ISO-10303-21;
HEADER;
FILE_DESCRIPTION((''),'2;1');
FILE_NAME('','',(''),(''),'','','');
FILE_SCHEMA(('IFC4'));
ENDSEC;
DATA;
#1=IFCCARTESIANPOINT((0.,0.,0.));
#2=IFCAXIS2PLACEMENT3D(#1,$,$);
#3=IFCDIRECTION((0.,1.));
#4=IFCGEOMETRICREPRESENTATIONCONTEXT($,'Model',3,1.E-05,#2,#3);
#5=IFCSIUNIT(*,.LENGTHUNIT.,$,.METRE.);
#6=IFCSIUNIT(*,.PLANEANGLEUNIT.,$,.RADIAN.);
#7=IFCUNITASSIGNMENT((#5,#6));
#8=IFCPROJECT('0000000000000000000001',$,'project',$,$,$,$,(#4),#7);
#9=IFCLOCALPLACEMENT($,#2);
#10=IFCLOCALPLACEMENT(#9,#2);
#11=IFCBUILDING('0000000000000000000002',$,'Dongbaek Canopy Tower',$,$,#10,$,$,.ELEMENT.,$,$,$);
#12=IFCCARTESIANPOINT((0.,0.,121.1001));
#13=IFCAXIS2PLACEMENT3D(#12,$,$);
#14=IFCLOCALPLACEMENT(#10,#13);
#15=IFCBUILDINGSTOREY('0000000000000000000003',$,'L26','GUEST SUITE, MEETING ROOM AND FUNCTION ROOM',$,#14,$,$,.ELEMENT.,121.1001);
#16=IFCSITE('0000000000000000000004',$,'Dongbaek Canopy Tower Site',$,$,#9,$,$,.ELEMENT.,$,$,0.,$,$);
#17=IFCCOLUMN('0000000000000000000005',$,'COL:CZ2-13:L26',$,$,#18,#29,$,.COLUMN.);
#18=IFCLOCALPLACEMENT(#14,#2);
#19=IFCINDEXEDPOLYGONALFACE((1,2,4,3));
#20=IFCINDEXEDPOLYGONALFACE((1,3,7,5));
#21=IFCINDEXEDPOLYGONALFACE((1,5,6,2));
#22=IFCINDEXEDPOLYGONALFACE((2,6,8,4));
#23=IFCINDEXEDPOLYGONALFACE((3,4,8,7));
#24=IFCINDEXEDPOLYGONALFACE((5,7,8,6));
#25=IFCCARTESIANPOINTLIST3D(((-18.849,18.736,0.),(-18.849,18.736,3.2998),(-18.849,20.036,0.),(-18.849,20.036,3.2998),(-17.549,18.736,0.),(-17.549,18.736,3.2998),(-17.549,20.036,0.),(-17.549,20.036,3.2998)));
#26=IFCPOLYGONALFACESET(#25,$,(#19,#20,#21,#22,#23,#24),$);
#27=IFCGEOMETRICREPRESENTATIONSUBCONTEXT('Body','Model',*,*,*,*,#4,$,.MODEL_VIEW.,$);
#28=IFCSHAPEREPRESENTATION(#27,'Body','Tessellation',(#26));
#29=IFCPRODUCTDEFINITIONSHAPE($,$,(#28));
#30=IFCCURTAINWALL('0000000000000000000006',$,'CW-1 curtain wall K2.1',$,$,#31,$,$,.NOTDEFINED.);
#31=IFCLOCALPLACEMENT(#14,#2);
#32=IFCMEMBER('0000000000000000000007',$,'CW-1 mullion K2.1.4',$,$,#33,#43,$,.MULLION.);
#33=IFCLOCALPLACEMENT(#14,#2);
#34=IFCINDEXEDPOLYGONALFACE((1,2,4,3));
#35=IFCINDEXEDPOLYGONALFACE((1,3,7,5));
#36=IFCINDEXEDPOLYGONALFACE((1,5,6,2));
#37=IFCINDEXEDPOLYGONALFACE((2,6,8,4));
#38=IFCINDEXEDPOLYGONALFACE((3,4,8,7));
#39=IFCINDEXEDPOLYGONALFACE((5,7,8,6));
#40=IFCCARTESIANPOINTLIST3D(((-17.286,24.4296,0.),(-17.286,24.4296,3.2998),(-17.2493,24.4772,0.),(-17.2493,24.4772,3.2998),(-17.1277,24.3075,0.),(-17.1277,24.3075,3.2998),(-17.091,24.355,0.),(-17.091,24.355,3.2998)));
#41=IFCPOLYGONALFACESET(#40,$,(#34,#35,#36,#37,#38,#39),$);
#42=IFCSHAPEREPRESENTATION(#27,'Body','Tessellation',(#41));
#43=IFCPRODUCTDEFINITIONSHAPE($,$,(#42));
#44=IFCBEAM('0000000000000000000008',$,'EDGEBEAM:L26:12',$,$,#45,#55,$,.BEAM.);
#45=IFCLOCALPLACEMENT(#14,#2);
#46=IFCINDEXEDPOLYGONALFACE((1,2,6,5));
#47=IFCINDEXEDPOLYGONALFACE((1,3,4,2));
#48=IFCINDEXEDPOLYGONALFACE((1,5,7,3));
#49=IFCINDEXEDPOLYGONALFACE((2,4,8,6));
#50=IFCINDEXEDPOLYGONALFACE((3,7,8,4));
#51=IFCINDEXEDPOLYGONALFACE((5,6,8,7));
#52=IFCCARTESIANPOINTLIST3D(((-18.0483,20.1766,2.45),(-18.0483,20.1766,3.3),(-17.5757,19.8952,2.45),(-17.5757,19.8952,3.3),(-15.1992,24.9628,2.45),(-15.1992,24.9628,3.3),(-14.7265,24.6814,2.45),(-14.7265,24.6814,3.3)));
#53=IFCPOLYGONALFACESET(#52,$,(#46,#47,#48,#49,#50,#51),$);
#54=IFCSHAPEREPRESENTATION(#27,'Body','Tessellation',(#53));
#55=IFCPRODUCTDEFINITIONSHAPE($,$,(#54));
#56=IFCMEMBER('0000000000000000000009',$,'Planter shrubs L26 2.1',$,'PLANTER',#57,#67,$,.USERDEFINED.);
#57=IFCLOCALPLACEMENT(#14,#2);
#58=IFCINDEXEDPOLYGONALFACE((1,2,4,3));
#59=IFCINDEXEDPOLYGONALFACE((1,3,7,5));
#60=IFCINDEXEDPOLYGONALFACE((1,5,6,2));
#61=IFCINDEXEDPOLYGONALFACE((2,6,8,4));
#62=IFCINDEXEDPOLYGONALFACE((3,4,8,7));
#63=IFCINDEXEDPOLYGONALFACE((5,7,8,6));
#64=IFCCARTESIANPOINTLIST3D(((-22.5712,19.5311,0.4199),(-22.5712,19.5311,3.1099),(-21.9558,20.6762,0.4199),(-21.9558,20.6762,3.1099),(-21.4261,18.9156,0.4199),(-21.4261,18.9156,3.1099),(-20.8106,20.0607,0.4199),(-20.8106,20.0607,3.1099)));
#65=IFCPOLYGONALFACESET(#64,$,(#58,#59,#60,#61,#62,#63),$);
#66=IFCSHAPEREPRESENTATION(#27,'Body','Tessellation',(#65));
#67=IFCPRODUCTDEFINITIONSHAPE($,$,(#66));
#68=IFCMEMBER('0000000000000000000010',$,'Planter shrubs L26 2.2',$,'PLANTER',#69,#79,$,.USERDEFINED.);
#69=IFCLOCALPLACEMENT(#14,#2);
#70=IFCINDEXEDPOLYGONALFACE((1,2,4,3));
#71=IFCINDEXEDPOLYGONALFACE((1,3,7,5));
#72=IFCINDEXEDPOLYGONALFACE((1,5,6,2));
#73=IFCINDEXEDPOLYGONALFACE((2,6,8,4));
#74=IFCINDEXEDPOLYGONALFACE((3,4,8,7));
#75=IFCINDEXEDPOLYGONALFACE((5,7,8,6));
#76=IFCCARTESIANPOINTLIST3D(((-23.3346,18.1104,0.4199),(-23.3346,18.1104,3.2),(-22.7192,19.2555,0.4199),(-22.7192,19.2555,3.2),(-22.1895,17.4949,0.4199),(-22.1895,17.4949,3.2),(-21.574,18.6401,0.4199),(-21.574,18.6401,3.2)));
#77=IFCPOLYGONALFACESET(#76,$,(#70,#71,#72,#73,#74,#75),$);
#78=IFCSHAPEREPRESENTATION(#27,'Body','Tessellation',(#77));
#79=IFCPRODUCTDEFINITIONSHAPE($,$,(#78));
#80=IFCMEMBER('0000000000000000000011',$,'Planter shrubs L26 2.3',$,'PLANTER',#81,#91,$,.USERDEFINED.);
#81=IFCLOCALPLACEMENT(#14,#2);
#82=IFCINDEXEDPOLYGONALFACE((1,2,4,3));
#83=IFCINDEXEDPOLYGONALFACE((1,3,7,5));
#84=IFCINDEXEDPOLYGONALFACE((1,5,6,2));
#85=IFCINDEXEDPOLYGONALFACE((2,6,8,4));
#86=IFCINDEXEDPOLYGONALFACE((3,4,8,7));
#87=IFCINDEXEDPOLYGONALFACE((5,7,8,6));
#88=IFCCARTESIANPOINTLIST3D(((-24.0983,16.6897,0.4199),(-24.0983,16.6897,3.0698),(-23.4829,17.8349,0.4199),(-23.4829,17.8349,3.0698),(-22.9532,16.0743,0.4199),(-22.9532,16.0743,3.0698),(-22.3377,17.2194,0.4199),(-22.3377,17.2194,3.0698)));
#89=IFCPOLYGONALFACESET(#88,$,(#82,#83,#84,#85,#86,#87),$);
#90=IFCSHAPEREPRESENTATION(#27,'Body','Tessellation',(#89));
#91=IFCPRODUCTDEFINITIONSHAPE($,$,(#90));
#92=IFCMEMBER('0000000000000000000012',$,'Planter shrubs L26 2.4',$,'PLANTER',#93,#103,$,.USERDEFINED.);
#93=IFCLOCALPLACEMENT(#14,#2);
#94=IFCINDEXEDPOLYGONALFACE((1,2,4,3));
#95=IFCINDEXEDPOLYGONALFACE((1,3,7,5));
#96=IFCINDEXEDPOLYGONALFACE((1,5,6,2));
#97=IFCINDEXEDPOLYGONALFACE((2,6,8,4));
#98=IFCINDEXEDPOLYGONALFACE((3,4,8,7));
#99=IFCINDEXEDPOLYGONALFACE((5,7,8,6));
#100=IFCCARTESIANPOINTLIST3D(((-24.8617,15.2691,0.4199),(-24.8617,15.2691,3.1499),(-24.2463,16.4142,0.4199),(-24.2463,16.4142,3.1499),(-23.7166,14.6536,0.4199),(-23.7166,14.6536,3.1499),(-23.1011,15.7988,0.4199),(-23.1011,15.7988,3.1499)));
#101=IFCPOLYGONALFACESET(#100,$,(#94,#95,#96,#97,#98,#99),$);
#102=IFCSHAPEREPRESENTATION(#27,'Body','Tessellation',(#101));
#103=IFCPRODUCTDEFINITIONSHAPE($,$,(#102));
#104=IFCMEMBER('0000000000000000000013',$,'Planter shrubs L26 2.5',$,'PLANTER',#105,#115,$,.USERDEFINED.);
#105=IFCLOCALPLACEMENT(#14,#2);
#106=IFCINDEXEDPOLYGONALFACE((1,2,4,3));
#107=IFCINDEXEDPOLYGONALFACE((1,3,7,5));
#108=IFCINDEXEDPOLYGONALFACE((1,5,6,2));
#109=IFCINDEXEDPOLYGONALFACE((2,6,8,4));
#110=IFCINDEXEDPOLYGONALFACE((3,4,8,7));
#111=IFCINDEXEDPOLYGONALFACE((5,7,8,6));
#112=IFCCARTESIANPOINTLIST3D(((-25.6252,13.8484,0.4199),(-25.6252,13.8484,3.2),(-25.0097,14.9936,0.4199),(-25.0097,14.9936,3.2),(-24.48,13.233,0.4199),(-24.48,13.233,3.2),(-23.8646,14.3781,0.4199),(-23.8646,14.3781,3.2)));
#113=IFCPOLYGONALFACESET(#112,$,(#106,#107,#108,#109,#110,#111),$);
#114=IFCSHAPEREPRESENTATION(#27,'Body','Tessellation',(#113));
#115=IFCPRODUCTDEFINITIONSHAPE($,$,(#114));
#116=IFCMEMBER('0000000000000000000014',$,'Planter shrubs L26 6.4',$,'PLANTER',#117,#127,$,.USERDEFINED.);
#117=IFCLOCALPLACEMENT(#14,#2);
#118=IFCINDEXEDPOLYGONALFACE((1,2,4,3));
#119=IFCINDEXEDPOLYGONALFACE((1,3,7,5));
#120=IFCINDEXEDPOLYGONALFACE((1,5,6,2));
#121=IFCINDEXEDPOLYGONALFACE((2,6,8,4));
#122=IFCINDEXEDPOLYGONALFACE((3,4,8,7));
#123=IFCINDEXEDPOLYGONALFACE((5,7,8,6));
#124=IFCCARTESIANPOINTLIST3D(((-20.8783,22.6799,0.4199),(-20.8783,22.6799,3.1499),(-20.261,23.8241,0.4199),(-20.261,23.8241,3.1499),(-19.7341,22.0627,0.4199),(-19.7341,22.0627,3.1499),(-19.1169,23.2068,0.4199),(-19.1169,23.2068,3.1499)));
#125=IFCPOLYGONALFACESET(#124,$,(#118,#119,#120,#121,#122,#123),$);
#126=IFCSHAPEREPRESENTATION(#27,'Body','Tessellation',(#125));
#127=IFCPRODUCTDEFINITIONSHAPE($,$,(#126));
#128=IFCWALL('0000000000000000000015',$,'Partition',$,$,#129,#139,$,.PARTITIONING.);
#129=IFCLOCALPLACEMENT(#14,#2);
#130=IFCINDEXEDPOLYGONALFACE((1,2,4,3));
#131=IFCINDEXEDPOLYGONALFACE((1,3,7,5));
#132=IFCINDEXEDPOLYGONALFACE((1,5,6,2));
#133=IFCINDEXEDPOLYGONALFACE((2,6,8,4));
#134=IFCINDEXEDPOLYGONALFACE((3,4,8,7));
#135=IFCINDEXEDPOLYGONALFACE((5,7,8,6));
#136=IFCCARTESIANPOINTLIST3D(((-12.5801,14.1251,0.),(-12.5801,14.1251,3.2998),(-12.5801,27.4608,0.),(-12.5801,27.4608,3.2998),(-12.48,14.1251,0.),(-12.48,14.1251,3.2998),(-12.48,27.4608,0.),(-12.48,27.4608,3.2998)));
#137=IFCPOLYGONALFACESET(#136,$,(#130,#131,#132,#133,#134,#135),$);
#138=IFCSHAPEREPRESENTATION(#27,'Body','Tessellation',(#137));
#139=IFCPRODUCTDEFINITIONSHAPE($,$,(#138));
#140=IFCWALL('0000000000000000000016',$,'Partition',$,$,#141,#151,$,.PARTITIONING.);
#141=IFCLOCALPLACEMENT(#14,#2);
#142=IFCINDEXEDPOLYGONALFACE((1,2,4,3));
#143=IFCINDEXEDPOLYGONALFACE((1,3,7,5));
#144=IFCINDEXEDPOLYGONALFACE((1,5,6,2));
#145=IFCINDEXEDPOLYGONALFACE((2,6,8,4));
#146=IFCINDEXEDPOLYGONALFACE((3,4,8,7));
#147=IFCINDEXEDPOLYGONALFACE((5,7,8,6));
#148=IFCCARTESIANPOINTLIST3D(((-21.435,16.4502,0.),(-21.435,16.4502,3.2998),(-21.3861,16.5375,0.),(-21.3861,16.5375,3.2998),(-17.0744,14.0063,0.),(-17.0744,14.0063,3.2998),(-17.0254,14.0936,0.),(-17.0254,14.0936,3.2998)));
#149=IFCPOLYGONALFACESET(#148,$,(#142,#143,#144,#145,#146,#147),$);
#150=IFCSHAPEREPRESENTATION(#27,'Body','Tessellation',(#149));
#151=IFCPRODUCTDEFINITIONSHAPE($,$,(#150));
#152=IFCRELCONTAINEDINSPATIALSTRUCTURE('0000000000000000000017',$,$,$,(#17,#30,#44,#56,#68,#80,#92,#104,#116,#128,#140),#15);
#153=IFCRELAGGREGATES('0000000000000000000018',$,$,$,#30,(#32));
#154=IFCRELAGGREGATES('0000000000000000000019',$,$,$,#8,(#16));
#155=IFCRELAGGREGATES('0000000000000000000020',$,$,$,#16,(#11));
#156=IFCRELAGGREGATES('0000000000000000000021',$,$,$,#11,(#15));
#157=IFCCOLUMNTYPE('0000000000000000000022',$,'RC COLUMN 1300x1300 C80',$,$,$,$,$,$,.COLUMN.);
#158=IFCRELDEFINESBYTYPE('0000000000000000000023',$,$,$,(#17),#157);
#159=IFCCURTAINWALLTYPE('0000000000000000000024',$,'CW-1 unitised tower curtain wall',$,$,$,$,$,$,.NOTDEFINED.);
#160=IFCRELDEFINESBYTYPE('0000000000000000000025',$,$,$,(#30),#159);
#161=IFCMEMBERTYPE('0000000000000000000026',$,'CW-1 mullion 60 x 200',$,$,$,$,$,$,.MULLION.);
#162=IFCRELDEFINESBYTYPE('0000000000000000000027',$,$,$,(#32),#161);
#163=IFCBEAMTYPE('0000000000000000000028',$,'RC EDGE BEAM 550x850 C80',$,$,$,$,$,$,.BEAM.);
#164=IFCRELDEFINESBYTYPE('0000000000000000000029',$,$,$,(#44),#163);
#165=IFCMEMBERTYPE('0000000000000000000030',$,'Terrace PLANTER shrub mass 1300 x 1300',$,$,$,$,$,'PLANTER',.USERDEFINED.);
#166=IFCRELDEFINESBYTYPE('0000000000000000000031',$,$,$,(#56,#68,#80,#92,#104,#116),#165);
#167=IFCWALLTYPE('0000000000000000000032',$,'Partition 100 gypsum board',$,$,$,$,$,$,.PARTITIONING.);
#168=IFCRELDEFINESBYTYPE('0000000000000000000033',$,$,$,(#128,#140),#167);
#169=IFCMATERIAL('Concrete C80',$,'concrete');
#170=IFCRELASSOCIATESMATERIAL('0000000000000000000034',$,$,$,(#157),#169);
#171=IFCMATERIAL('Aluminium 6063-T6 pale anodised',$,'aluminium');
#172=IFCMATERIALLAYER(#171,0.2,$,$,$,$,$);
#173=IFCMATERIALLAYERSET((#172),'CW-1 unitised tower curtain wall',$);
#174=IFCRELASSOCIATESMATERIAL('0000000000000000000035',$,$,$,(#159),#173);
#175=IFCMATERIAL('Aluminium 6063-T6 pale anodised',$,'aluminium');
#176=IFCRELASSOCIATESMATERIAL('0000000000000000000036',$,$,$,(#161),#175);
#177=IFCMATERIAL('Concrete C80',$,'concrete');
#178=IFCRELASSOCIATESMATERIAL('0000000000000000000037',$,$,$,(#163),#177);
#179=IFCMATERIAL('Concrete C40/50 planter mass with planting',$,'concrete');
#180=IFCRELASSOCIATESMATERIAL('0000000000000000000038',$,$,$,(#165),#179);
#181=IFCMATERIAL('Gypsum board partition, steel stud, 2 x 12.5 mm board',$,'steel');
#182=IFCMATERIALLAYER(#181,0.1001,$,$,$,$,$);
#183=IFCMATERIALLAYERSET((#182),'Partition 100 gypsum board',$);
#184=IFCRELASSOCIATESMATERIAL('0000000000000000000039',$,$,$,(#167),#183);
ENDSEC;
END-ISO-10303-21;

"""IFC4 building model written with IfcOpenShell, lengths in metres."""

from ifc_helpers import new_model, si_unit, direction, frame, frame_2d, origin, origin_2d, place, context, subcontext, project, spatial, rectangle, extrude, material, layer, layer_set, material_profile, profile_set, type_object, element, aggregate, save


model = new_model("IFC4")

# Units and contexts
model_context = context("Model", 3, precision=1e-05, world=origin(), true_north=direction((0.0, 1.0)))
body_context = subcontext(model_context, "Body", "Model", "MODEL_VIEW")
ifc_project = project(units=[si_unit("LENGTHUNIT", "METRE"), si_unit("PLANEANGLEUNIT", "RADIAN")], contexts=[model_context])

# Site, building, storey
site_placement = place(None, origin())
site = spatial("IfcSite", under=ifc_project, at=site_placement, Name="Dongbaek Canopy Tower Site", CompositionType="ELEMENT", RefElevation=0.0)
building_placement = place(site_placement, origin())
building = spatial("IfcBuilding", under=site, at=building_placement, Name="Dongbaek Canopy Tower", CompositionType="ELEMENT")
storey_placement = place(building_placement, frame((0.0, 0.0, 121.1001)))
storey = spatial("IfcBuildingStorey", under=building, at=storey_placement, Name="L26", Description="GUEST SUITE, MEETING ROOM AND FUNCTION ROOM", CompositionType="ELEMENT", Elevation=121.1001)

# Column
ifc_material_1 = material(Name="Concrete C80", Category="concrete")
ifc_material_profile_1 = material_profile(ifc_material_1, rectangle(XDim=1.3, YDim=1.3, at=origin_2d()), Name="RC COLUMN 1300x1300 C80")
ifc_profile_set_1 = profile_set([ifc_material_profile_1], Name="Concrete C80")
column_type = type_object("IfcColumnType", Name="RC COLUMN 1300x1300 C80", PredefinedType="COLUMN", material=ifc_profile_set_1)
column_placement = place(storey_placement, frame((-18.199, 19.386, 0.0), z_axis=(0.0, 0.0, 1.0), x_axis=(1.0, 0.0, 0.0)))
element("IfcColumn", 1, at=column_placement, inside=storey, type_object=column_type, Name="COL:CZ2-13:L26", PredefinedType="COLUMN", context=body_context, shape_type="SweptSolid", body=[
    extrude(rectangle(XDim=1.3, YDim=1.3, at=origin_2d()), origin(), (0.0, 0.0, 1.0), 3.2998),
])

# Curtain wall, member
ifc_material_2 = material(Name="Aluminium 6063-T6 pale anodised", Category="aluminium")
ifc_layer_1 = layer(ifc_material_2, 0.2)
ifc_layer_set_1 = layer_set([ifc_layer_1], Name="CW-1 unitised tower curtain wall")
curtain_wall_type = type_object("IfcCurtainWallType", Name="CW-1 unitised tower curtain wall", PredefinedType="NOTDEFINED", material=ifc_layer_set_1)
curtain_wall_placement = place(storey_placement, origin())
curtain_wall = element("IfcCurtainWall", 2, at=curtain_wall_placement, inside=storey, type_object=curtain_wall_type, Name="CW-1 curtain wall K2.1", PredefinedType="NOTDEFINED")
ifc_material_3 = material(Name="Aluminium 6063-T6 pale anodised", Category="aluminium")
ifc_material_profile_2 = material_profile(ifc_material_3, rectangle(XDim=0.2, YDim=0.0601, at=origin_2d()), Name="CW-1 mullion 60 x 200")
ifc_profile_set_2 = profile_set([ifc_material_profile_2], Name="Aluminium 6063-T6 pale anodised")
member_type_1 = type_object("IfcMemberType", Name="CW-1 mullion 60 x 200", PredefinedType="MULLION", material=ifc_profile_set_2)
member_1_placement = place(storey_placement, frame((-17.1885, 24.3923, 0.0), z_axis=(0.0, 0.0, 1.0), x_axis=(-0.791722, 0.610882, 0.0)))
member_1 = element("IfcMember", 3, at=member_1_placement, type_object=member_type_1, Name="CW-1 mullion K2.1.4", PredefinedType="MULLION", context=body_context, shape_type="SweptSolid", body=[
    extrude(rectangle(XDim=0.2, YDim=0.0601, at=origin_2d()), origin(), (0.0, 0.0, 1.0), 3.2998),
])
aggregate(curtain_wall, [member_1])

# Beam
ifc_material_4 = material(Name="Concrete C80", Category="concrete")
ifc_material_profile_3 = material_profile(ifc_material_4, rectangle(XDim=0.55, YDim=0.8501, at=origin_2d()), Name="RC EDGE BEAM 550x850 C80")
ifc_profile_set_3 = profile_set([ifc_material_profile_3], Name="Concrete C80")
beam_type = type_object("IfcBeamType", Name="RC EDGE BEAM 550x850 C80", PredefinedType="BEAM", material=ifc_profile_set_3)
beam_placement = place(storey_placement, frame((-17.812, 20.0359, 2.875), z_axis=(0.511515, 0.859275, 0.0), x_axis=(-0.859275, 0.511515, 0.0)))
element("IfcBeam", 4, at=beam_placement, inside=storey, type_object=beam_type, Name="EDGEBEAM:L26:12", PredefinedType="BEAM", context=body_context, shape_type="SweptSolid", body=[
    extrude(rectangle(XDim=0.55, YDim=0.8501, at=origin_2d()), origin(), (0.0, 0.0, 1.0), 5.5701),
])

# Members
ifc_material_5 = material(Name="Concrete C40/50 planter mass with planting", Category="concrete")
ifc_material_profile_4 = material_profile(ifc_material_5, rectangle(XDim=1.3, YDim=1.3, at=origin_2d()), Name="Terrace PLANTER shrub mass 1300 x 1300")
ifc_profile_set_4 = profile_set([ifc_material_profile_4], Name="Concrete C40/50 planter mass with planting")
member_type_2 = type_object("IfcMemberType", Name="Terrace PLANTER shrub mass 1300 x 1300", ElementType="PLANTER", PredefinedType="USERDEFINED", material=ifc_profile_set_4)
member_2_placement = place(storey_placement, frame((-21.6909, 19.7959, 0.4199), z_axis=(0.0, 0.0, 1.0), x_axis=(-0.880843, 0.473409, 0.0)))
element("IfcMember", 5, at=member_2_placement, inside=storey, type_object=member_type_2, Name="Planter shrubs L26 2.1", ObjectType="PLANTER", PredefinedType="USERDEFINED", context=body_context, shape_type="SweptSolid", body=[
    extrude(rectangle(XDim=1.3, YDim=1.3, at=origin_2d()), origin(), (0.0, 0.0, 1.0), 2.6899),
])
member_3_placement = place(storey_placement, frame((-22.4543, 18.3752, 0.4199), z_axis=(0.0, 0.0, 1.0), x_axis=(-0.880843, 0.473409, 0.0)))
element("IfcMember", 6, at=member_3_placement, inside=storey, type_object=member_type_2, Name="Planter shrubs L26 2.2", ObjectType="PLANTER", PredefinedType="USERDEFINED", context=body_context, shape_type="SweptSolid", body=[
    extrude(rectangle(XDim=1.3, YDim=1.3, at=origin_2d()), origin(), (0.0, 0.0, 1.0), 2.78),
])
member_4_placement = place(storey_placement, frame((-23.218, 16.9546, 0.4199), z_axis=(0.0, 0.0, 1.0), x_axis=(-0.880843, 0.473409, 0.0)))
element("IfcMember", 7, at=member_4_placement, inside=storey, type_object=member_type_2, Name="Planter shrubs L26 2.3", ObjectType="PLANTER", PredefinedType="USERDEFINED", context=body_context, shape_type="SweptSolid", body=[
    extrude(rectangle(XDim=1.3, YDim=1.3, at=origin_2d()), origin(), (0.0, 0.0, 1.0), 2.6499),
])
member_5_placement = place(storey_placement, frame((-23.9814, 15.5339, 0.4199), z_axis=(0.0, 0.0, 1.0), x_axis=(-0.880843, 0.473409, 0.0)))
element("IfcMember", 8, at=member_5_placement, inside=storey, type_object=member_type_2, Name="Planter shrubs L26 2.4", ObjectType="PLANTER", PredefinedType="USERDEFINED", context=body_context, shape_type="SweptSolid", body=[
    extrude(rectangle(XDim=1.3, YDim=1.3, at=origin_2d()), origin(), (0.0, 0.0, 1.0), 2.73),
])
member_6_placement = place(storey_placement, frame((-24.7449, 14.1133, 0.4199), z_axis=(0.0, 0.0, 1.0), x_axis=(-0.880843, 0.473409, 0.0)))
element("IfcMember", 9, at=member_6_placement, inside=storey, type_object=member_type_2, Name="Planter shrubs L26 2.5", ObjectType="PLANTER", PredefinedType="USERDEFINED", context=body_context, shape_type="SweptSolid", body=[
    extrude(rectangle(XDim=1.3, YDim=1.3, at=origin_2d()), origin(), (0.0, 0.0, 1.0), 2.78),
])
member_7_placement = place(storey_placement, frame((-19.9976, 22.9434, 0.4199), z_axis=(0.0, 0.0, 1.0), x_axis=(-0.880109, 0.474771, 0.0)))
element("IfcMember", 10, at=member_7_placement, inside=storey, type_object=member_type_2, Name="Planter shrubs L26 6.4", ObjectType="PLANTER", PredefinedType="USERDEFINED", context=body_context, shape_type="SweptSolid", body=[
    extrude(rectangle(XDim=1.3, YDim=1.3, at=origin_2d()), origin(), (0.0, 0.0, 1.0), 2.73),
])

# Walls
ifc_material_6 = material(Name="Gypsum board partition, steel stud, 2 x 12.5 mm board", Category="steel")
ifc_layer_2 = layer(ifc_material_6, 0.1001)
ifc_layer_set_2 = layer_set([ifc_layer_2], Name="Partition 100 gypsum board")
wall_type_1 = type_object("IfcWallType", Name="Partition 100 gypsum board", PredefinedType="PARTITIONING", material=ifc_layer_set_2)
wall_1_placement = place(storey_placement, frame((-12.53, 14.125, 0.0), z_axis=(0.0, 0.0, 1.0), x_axis=(0.0, 1.0, 0.0)))
element("IfcWall", 11, at=wall_1_placement, inside=storey, type_object=wall_type_1, Name="Partition", PredefinedType="PARTITIONING", context=body_context, shape_type="SweptSolid", body=[
    extrude(rectangle(XDim=13.3357, YDim=0.1001, at=frame_2d((6.668, 0.0))), origin(), (0.0, 0.0, 1.0), 3.2998),
])
wall_2_placement = place(storey_placement, frame((-21.4106, 16.4939, 0.0), z_axis=(0.0, 0.0, 1.0), x_axis=(0.872343, -0.488895, 0.0)))
element("IfcWall", 12, at=wall_2_placement, inside=storey, type_object=wall_type_1, Name="Partition", PredefinedType="PARTITIONING", context=body_context, shape_type="SweptSolid", body=[
    extrude(rectangle(XDim=4.9988, YDim=0.1001, at=frame_2d((2.4995, 0.0))), origin(), (0.0, 0.0, 1.0), 3.2998),
])

save(model, "model.ifc")
